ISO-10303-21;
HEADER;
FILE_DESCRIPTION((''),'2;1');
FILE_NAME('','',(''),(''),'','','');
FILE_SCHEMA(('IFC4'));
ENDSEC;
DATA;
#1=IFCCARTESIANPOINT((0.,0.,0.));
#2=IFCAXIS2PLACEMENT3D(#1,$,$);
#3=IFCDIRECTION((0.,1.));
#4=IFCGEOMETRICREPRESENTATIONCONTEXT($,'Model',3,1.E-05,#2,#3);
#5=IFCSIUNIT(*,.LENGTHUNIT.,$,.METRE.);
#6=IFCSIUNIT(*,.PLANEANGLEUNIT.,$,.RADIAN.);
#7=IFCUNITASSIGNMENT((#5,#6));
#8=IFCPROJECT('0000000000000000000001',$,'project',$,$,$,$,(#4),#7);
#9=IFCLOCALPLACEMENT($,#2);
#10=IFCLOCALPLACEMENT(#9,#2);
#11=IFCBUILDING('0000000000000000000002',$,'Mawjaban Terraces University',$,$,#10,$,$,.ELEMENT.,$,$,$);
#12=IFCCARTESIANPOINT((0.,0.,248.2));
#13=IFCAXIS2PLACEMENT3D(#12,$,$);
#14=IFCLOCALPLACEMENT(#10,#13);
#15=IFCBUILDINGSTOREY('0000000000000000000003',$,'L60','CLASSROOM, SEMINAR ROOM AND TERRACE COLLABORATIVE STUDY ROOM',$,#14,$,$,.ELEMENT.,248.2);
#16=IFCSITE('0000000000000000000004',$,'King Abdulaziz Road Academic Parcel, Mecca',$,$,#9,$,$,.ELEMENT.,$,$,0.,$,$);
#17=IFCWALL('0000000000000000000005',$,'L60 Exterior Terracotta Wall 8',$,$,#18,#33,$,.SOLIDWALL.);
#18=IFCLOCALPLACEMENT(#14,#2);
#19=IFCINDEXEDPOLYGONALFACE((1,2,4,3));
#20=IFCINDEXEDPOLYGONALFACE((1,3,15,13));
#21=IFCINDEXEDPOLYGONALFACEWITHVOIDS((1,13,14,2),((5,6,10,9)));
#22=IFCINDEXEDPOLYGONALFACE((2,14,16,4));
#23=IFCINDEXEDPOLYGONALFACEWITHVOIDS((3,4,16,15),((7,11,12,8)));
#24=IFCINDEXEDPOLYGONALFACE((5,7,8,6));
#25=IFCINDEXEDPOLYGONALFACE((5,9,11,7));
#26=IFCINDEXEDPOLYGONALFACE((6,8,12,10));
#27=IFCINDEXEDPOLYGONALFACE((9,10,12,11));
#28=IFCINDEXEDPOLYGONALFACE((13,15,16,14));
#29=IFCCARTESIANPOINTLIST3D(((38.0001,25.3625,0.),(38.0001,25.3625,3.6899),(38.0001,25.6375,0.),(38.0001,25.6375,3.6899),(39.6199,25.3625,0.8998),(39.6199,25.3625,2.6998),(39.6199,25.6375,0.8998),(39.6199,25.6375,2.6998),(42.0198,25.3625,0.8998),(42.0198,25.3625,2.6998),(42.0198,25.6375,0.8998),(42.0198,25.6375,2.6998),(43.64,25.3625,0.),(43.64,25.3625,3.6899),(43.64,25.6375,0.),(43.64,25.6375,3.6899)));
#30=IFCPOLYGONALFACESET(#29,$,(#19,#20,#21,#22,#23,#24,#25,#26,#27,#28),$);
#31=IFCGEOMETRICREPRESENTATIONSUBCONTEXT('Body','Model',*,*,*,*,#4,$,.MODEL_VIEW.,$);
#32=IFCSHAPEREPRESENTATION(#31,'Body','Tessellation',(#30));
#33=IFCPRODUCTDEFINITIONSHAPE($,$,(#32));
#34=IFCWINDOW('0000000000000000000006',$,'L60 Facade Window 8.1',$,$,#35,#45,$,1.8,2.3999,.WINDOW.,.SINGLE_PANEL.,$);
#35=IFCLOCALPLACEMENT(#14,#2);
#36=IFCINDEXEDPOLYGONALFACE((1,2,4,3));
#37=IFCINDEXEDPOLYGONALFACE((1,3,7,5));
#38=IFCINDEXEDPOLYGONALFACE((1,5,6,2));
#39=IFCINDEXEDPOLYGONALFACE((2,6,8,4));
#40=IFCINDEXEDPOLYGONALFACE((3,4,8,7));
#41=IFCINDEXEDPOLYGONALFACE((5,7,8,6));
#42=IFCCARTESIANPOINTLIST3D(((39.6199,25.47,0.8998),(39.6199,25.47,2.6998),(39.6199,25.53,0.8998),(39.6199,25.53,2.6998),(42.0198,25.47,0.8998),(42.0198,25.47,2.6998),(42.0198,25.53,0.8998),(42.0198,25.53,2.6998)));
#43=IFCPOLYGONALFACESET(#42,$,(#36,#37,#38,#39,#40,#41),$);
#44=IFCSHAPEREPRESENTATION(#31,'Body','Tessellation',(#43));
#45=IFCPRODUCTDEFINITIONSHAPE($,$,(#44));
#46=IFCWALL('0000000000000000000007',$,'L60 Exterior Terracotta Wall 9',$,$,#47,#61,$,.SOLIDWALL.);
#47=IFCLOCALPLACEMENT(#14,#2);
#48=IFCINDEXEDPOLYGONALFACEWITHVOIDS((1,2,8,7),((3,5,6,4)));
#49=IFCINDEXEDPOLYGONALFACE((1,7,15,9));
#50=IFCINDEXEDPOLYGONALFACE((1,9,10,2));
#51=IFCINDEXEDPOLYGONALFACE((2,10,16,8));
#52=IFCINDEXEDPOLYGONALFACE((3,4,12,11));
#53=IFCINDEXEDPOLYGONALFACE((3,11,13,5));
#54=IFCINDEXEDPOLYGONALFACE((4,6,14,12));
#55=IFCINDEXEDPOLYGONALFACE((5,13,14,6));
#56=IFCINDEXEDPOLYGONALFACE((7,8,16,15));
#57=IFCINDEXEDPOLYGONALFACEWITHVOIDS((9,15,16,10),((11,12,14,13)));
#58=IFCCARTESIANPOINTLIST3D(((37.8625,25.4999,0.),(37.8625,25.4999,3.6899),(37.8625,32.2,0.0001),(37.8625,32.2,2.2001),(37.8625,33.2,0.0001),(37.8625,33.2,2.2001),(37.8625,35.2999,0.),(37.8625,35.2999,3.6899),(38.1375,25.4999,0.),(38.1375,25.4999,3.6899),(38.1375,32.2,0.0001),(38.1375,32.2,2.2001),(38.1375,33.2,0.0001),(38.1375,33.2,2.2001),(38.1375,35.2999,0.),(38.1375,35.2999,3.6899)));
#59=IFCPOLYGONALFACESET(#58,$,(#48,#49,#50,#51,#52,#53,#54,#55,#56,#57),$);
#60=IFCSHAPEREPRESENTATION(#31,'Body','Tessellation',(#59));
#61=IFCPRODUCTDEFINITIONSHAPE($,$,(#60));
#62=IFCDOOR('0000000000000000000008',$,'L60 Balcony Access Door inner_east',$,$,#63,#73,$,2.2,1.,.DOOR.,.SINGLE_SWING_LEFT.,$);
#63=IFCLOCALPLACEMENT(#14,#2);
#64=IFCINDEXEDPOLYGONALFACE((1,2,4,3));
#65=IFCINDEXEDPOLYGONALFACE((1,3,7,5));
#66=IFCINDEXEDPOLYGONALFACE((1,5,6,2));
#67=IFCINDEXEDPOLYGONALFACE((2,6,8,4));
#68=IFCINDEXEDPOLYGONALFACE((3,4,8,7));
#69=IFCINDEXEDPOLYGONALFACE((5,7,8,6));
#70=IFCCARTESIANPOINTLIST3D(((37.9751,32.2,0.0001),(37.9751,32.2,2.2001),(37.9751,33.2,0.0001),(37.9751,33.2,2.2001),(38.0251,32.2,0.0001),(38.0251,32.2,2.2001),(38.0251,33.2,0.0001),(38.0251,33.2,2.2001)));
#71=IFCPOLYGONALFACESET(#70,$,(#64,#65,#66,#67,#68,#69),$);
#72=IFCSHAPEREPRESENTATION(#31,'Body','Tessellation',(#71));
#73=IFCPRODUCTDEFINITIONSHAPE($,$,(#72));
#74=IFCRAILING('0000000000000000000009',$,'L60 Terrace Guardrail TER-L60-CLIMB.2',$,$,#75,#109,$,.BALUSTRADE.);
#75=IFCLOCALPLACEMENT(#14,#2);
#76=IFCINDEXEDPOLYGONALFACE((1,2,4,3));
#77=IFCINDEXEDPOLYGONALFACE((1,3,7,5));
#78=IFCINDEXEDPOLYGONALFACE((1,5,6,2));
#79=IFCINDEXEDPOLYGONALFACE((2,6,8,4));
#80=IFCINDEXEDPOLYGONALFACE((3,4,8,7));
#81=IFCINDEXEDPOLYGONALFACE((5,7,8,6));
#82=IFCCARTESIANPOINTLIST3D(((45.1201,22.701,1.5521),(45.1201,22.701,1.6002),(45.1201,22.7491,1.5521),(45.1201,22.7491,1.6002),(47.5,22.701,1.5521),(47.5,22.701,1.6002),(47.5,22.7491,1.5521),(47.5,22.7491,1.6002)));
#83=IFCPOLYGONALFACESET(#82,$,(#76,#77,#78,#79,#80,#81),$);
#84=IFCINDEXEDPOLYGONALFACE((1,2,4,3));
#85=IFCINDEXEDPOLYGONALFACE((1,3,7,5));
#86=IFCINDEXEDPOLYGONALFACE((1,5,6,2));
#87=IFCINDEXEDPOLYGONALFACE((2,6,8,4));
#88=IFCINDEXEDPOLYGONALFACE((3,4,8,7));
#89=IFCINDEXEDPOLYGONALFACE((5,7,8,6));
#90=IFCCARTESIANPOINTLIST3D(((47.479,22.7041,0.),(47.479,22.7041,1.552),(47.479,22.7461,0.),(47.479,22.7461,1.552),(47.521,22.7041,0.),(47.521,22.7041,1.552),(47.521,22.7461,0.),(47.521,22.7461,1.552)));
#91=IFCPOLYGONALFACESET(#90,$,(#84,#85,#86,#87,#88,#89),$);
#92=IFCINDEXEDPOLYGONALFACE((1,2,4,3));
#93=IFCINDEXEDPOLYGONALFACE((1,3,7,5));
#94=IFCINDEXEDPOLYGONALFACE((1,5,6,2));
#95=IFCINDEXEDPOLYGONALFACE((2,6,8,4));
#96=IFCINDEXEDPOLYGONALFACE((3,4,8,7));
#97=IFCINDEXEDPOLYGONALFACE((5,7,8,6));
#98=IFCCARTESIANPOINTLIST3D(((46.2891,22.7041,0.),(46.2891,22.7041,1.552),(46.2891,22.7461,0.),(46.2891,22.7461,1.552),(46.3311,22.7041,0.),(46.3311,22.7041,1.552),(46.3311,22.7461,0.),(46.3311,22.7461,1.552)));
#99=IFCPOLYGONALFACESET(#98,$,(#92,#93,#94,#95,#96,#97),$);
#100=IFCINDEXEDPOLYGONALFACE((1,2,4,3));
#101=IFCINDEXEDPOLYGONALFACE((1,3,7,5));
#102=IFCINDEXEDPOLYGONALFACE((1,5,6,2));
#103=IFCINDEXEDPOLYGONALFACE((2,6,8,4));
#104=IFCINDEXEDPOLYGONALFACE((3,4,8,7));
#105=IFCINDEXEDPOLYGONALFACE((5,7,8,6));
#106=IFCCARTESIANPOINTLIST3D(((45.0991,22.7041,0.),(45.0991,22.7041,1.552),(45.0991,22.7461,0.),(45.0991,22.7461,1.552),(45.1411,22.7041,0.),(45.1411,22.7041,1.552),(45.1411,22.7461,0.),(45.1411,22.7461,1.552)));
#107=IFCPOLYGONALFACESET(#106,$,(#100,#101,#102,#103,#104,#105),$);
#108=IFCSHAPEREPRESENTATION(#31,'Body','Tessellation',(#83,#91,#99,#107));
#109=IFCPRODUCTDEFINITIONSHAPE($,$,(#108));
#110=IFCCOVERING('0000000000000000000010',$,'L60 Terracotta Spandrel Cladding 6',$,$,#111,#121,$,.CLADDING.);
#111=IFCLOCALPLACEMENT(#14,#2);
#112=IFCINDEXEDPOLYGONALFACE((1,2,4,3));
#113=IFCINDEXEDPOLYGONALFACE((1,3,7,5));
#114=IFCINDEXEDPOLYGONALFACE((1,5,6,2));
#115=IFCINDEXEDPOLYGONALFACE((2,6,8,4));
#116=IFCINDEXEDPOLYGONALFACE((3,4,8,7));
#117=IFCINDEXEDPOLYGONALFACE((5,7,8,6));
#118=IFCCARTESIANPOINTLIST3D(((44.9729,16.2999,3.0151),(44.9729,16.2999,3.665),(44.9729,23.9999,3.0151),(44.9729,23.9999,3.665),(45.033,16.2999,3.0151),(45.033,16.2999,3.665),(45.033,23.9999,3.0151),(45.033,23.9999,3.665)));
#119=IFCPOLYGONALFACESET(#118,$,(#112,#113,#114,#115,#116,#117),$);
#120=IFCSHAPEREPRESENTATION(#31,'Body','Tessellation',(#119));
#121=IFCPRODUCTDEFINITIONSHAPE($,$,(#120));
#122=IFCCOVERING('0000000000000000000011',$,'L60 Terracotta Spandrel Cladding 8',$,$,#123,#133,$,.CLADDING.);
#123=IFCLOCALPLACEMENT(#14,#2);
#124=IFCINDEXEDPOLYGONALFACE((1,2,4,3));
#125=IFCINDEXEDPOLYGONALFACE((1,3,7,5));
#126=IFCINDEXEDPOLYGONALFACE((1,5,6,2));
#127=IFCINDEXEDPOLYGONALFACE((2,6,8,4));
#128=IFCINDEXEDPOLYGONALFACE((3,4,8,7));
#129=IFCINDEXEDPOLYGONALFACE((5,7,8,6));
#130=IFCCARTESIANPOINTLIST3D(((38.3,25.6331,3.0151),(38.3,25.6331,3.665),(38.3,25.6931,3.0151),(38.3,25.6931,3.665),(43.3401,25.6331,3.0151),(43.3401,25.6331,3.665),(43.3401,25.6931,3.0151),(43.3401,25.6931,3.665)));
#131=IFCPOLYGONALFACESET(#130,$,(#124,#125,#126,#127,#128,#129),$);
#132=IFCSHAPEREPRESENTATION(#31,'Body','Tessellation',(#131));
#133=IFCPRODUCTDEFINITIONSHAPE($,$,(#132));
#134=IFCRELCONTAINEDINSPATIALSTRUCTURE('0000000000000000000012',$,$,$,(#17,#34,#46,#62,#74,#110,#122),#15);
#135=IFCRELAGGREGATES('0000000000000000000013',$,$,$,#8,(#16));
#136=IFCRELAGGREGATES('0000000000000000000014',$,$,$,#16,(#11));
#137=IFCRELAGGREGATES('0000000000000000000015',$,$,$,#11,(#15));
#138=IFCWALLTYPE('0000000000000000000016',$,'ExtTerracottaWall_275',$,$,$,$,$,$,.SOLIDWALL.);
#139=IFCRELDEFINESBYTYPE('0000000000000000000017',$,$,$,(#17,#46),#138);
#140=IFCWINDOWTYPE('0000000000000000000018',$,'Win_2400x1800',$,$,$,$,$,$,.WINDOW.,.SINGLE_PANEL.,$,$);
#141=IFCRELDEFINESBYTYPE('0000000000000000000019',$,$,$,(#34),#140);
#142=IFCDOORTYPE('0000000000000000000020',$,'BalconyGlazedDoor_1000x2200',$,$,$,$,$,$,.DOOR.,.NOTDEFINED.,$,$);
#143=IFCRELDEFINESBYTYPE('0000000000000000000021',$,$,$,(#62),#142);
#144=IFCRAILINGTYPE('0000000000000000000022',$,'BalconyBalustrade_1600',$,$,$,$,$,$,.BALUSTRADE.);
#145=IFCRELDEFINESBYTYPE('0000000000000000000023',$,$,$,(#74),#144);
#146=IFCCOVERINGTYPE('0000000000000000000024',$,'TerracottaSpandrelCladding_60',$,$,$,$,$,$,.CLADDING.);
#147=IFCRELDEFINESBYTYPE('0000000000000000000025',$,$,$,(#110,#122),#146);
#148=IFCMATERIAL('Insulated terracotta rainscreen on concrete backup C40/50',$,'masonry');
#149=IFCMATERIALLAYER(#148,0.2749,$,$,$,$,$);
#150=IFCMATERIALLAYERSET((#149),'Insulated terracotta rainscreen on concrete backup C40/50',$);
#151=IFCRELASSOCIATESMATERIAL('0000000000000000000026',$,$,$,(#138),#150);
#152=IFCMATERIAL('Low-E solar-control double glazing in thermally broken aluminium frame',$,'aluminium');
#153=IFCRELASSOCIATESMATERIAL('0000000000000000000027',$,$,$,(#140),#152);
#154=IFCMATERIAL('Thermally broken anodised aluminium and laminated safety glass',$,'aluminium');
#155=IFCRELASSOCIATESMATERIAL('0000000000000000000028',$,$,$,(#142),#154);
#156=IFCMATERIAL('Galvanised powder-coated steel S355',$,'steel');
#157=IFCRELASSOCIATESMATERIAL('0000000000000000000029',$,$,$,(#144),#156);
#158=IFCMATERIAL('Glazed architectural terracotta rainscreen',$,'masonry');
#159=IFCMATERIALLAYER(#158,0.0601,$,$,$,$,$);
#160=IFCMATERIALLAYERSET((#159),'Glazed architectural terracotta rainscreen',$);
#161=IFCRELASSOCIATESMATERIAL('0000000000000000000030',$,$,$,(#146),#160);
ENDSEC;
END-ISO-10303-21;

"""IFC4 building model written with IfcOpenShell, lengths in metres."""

from ifc_helpers import new_model, si_unit, direction, frame, frame_2d, origin, origin_2d, place, context, subcontext, project, spatial, rectangle, extrude, material, layer, layer_set, type_object, element, fill, save


model = new_model("IFC4")

# Units and contexts
model_context = context("Model", 3, precision=1e-05, world=origin(), true_north=direction((0.0, 1.0)))
body_context = subcontext(model_context, "Body", "Model", "MODEL_VIEW")
ifc_project = project(units=[si_unit("LENGTHUNIT", "METRE"), si_unit("PLANEANGLEUNIT", "RADIAN")], contexts=[model_context])

# Site, building, storey
site_placement = place(None, origin())
site = spatial("IfcSite", under=ifc_project, at=site_placement, Name="King Abdulaziz Road Academic Parcel, Mecca", CompositionType="ELEMENT", RefElevation=0.0)
building_placement = place(site_placement, origin())
building = spatial("IfcBuilding", under=site, at=building_placement, Name="Mawjaban Terraces University", CompositionType="ELEMENT")
storey_placement = place(building_placement, frame((0.0, 0.0, 248.2)))
storey = spatial("IfcBuildingStorey", under=building, at=storey_placement, Name="L60", Description="CLASSROOM, SEMINAR ROOM AND TERRACE COLLABORATIVE STUDY ROOM", CompositionType="ELEMENT", Elevation=248.2)

# Shared definitions
ifc_material_1 = material(Name="Insulated terracotta rainscreen on concrete backup C40/50", Category="masonry")
ifc_layer_1 = layer(ifc_material_1, 0.2749)
ifc_layer_set_1 = layer_set([ifc_layer_1], Name="Insulated terracotta rainscreen on concrete backup C40/50")
wall_type_1 = type_object("IfcWallType", Name="ExtTerracottaWall_275", PredefinedType="SOLIDWALL", material=ifc_layer_set_1)

# Wall, opening, window
wall_1_placement = place(storey_placement, frame((43.6399, 25.5, 0.0), z_axis=(0.0, 0.0, 1.0), x_axis=(-1.0, 0.0, 0.0)))
wall_1 = element("IfcWall", 1, at=wall_1_placement, inside=storey, type_object=wall_type_1, Name="L60 Exterior Terracotta Wall 8", PredefinedType="SOLIDWALL", context=body_context, shape_type="SweptSolid", body=[
    extrude(rectangle(XDim=5.6399, YDim=0.2749, at=frame_2d((2.8198, 0.0))), origin(), (0.0, 0.0, 1.0), 3.6899),
])
opening_1_placement = place(wall_1_placement, frame((1.6201, 0.0, 0.8999)))
opening_1 = element("IfcOpeningElement", 2, at=opening_1_placement, cuts=wall_1, PredefinedType="OPENING", context=body_context, shape_type="SweptSolid", body=[
    extrude(rectangle(XDim=2.3999, YDim=1.8, at=frame_2d((1.2, 0.8999))), frame((0.0, 0.1475, 0.0), z_axis=(0.0, -1.0, 0.0), x_axis=(1.0, 0.0, 0.0)), (0.0, 0.0, 1.0), 0.2949),
])
ifc_material_2 = material(Name="Low-E solar-control double glazing in thermally broken aluminium frame", Category="aluminium")
window_type = type_object("IfcWindowType", Name="Win_2400x1800", PartitioningType="SINGLE_PANEL", PredefinedType="WINDOW", material=ifc_material_2)
window_placement = place(opening_1_placement, origin())
window = element("IfcWindow", 3, at=window_placement, inside=storey, type_object=window_type, Name="L60 Facade Window 8.1", OverallHeight=1.8, OverallWidth=2.3999, PartitioningType="SINGLE_PANEL", PredefinedType="WINDOW", context=body_context, shape_type="SweptSolid", body=[
    extrude(rectangle(XDim=2.3999, YDim=1.8, at=frame_2d((1.2, 0.8999))), frame((0.0, 0.03, 0.0), z_axis=(0.0, -1.0, 0.0), x_axis=(1.0, 0.0, 0.0)), (0.0, 0.0, 1.0), 0.0601),
])
fill(opening_1, window)

# Wall, opening, door
wall_2_placement = place(storey_placement, frame((38.0, 25.5, 0.0), z_axis=(0.0, 0.0, 1.0), x_axis=(0.0, 1.0, 0.0)))
wall_2 = element("IfcWall", 4, at=wall_2_placement, inside=storey, type_object=wall_type_1, Name="L60 Exterior Terracotta Wall 9", PredefinedType="SOLIDWALL", context=body_context, shape_type="SweptSolid", body=[
    extrude(rectangle(XDim=9.8, YDim=0.2749, at=frame_2d((4.8999, 0.0))), origin(), (0.0, 0.0, 1.0), 3.6899),
])
opening_2_placement = place(wall_2_placement, frame((6.7, 0.0, 0.0)))
opening_2 = element("IfcOpeningElement", 5, at=opening_2_placement, cuts=wall_2, PredefinedType="OPENING", context=body_context, shape_type="SweptSolid", body=[
    extrude(rectangle(XDim=1.0, YDim=2.2, at=frame_2d((0.5, 1.1001))), frame((0.0, 0.1475, 0.0), z_axis=(0.0, -1.0, 0.0), x_axis=(1.0, 0.0, 0.0)), (0.0, 0.0, 1.0), 0.2949),
])
ifc_material_3 = material(Name="Thermally broken anodised aluminium and laminated safety glass", Category="aluminium")
door_type_1 = type_object("IfcDoorType", Name="BalconyGlazedDoor_1000x2200", OperationType="NOTDEFINED", PredefinedType="DOOR", material=ifc_material_3)
door_1_placement = place(opening_2_placement, origin())
door_1 = element("IfcDoor", 6, at=door_1_placement, inside=storey, type_object=door_type_1, Name="L60 Balcony Access Door inner_east", OperationType="SINGLE_SWING_LEFT", OverallHeight=2.2, OverallWidth=1.0, PredefinedType="DOOR", context=body_context, shape_type="SweptSolid", body=[
    extrude(rectangle(XDim=1.0, YDim=2.2, at=frame_2d((0.5, 1.1001))), frame((0.0, 0.0249, 0.0), z_axis=(0.0, -1.0, 0.0), x_axis=(1.0, 0.0, 0.0)), (0.0, 0.0, 1.0), 0.05),
])
fill(opening_2, door_1)

# Railing
ifc_material_4 = material(Name="Galvanised powder-coated steel S355", Category="steel")
railing_type = type_object("IfcRailingType", Name="BalconyBalustrade_1600", PredefinedType="BALUSTRADE", material=ifc_material_4)
railing_1_placement = place(storey_placement, frame((47.5, 22.7251, 0.0)))
element("IfcRailing", 7, at=railing_1_placement, inside=storey, type_object=railing_type, Name="L60 Terrace Guardrail TER-L60-CLIMB.2", PredefinedType="BALUSTRADE", context=body_context, shape_type="SweptSolid", body=[
    extrude(rectangle(XDim=0.0481, YDim=0.0481, at=origin_2d()), frame((0.0, 0.0, 1.5762), z_axis=(-1.0, 0.0, 0.0), x_axis=(0.0, -1.0, 0.0)), (0.0, 0.0, 1.0), 2.3799),
    extrude(rectangle(XDim=0.042, YDim=0.042, at=origin_2d()), origin(), (0.0, 0.0, 1.0), 1.552),
    extrude(rectangle(XDim=0.042, YDim=0.042, at=origin_2d()), frame((-1.1899, 0.0, 0.0)), (0.0, 0.0, 1.0), 1.552),
    extrude(rectangle(XDim=0.042, YDim=0.042, at=origin_2d()), frame((-2.3799, 0.0, 0.0)), (0.0, 0.0, 1.0), 1.552),
])

# Coverings
ifc_material_5 = material(Name="Glazed architectural terracotta rainscreen", Category="masonry")
ifc_layer_2 = layer(ifc_material_5, 0.0601)
ifc_layer_set_2 = layer_set([ifc_layer_2], Name="Glazed architectural terracotta rainscreen")
covering_type = type_object("IfcCoveringType", Name="TerracottaSpandrelCladding_60", PredefinedType="CLADDING", material=ifc_layer_set_2)
covering_1_placement = place(storey_placement, frame((45.0029, 20.1499, 3.0151), z_axis=(0.0, 0.0, 1.0), x_axis=(0.0, 1.0, 0.0)))
element("IfcCovering", 8, at=covering_1_placement, inside=storey, type_object=covering_type, Name="L60 Terracotta Spandrel Cladding 6", PredefinedType="CLADDING", context=body_context, shape_type="SweptSolid", body=[
    extrude(rectangle(XDim=7.7, YDim=0.0601, at=origin_2d()), origin(), (0.0, 0.0, 1.0), 0.6499),
])
covering_2_placement = place(storey_placement, frame((40.8201, 25.6631, 3.0151), z_axis=(0.0, 0.0, 1.0), x_axis=(-1.0, 0.0, 0.0)))
element("IfcCovering", 9, at=covering_2_placement, inside=storey, type_object=covering_type, Name="L60 Terracotta Spandrel Cladding 8", PredefinedType="CLADDING", context=body_context, shape_type="SweptSolid", body=[
    extrude(rectangle(XDim=5.04, YDim=0.0601, at=origin_2d()), origin(), (0.0, 0.0, 1.0), 0.6499),
])

save(model, "model.ifc")
